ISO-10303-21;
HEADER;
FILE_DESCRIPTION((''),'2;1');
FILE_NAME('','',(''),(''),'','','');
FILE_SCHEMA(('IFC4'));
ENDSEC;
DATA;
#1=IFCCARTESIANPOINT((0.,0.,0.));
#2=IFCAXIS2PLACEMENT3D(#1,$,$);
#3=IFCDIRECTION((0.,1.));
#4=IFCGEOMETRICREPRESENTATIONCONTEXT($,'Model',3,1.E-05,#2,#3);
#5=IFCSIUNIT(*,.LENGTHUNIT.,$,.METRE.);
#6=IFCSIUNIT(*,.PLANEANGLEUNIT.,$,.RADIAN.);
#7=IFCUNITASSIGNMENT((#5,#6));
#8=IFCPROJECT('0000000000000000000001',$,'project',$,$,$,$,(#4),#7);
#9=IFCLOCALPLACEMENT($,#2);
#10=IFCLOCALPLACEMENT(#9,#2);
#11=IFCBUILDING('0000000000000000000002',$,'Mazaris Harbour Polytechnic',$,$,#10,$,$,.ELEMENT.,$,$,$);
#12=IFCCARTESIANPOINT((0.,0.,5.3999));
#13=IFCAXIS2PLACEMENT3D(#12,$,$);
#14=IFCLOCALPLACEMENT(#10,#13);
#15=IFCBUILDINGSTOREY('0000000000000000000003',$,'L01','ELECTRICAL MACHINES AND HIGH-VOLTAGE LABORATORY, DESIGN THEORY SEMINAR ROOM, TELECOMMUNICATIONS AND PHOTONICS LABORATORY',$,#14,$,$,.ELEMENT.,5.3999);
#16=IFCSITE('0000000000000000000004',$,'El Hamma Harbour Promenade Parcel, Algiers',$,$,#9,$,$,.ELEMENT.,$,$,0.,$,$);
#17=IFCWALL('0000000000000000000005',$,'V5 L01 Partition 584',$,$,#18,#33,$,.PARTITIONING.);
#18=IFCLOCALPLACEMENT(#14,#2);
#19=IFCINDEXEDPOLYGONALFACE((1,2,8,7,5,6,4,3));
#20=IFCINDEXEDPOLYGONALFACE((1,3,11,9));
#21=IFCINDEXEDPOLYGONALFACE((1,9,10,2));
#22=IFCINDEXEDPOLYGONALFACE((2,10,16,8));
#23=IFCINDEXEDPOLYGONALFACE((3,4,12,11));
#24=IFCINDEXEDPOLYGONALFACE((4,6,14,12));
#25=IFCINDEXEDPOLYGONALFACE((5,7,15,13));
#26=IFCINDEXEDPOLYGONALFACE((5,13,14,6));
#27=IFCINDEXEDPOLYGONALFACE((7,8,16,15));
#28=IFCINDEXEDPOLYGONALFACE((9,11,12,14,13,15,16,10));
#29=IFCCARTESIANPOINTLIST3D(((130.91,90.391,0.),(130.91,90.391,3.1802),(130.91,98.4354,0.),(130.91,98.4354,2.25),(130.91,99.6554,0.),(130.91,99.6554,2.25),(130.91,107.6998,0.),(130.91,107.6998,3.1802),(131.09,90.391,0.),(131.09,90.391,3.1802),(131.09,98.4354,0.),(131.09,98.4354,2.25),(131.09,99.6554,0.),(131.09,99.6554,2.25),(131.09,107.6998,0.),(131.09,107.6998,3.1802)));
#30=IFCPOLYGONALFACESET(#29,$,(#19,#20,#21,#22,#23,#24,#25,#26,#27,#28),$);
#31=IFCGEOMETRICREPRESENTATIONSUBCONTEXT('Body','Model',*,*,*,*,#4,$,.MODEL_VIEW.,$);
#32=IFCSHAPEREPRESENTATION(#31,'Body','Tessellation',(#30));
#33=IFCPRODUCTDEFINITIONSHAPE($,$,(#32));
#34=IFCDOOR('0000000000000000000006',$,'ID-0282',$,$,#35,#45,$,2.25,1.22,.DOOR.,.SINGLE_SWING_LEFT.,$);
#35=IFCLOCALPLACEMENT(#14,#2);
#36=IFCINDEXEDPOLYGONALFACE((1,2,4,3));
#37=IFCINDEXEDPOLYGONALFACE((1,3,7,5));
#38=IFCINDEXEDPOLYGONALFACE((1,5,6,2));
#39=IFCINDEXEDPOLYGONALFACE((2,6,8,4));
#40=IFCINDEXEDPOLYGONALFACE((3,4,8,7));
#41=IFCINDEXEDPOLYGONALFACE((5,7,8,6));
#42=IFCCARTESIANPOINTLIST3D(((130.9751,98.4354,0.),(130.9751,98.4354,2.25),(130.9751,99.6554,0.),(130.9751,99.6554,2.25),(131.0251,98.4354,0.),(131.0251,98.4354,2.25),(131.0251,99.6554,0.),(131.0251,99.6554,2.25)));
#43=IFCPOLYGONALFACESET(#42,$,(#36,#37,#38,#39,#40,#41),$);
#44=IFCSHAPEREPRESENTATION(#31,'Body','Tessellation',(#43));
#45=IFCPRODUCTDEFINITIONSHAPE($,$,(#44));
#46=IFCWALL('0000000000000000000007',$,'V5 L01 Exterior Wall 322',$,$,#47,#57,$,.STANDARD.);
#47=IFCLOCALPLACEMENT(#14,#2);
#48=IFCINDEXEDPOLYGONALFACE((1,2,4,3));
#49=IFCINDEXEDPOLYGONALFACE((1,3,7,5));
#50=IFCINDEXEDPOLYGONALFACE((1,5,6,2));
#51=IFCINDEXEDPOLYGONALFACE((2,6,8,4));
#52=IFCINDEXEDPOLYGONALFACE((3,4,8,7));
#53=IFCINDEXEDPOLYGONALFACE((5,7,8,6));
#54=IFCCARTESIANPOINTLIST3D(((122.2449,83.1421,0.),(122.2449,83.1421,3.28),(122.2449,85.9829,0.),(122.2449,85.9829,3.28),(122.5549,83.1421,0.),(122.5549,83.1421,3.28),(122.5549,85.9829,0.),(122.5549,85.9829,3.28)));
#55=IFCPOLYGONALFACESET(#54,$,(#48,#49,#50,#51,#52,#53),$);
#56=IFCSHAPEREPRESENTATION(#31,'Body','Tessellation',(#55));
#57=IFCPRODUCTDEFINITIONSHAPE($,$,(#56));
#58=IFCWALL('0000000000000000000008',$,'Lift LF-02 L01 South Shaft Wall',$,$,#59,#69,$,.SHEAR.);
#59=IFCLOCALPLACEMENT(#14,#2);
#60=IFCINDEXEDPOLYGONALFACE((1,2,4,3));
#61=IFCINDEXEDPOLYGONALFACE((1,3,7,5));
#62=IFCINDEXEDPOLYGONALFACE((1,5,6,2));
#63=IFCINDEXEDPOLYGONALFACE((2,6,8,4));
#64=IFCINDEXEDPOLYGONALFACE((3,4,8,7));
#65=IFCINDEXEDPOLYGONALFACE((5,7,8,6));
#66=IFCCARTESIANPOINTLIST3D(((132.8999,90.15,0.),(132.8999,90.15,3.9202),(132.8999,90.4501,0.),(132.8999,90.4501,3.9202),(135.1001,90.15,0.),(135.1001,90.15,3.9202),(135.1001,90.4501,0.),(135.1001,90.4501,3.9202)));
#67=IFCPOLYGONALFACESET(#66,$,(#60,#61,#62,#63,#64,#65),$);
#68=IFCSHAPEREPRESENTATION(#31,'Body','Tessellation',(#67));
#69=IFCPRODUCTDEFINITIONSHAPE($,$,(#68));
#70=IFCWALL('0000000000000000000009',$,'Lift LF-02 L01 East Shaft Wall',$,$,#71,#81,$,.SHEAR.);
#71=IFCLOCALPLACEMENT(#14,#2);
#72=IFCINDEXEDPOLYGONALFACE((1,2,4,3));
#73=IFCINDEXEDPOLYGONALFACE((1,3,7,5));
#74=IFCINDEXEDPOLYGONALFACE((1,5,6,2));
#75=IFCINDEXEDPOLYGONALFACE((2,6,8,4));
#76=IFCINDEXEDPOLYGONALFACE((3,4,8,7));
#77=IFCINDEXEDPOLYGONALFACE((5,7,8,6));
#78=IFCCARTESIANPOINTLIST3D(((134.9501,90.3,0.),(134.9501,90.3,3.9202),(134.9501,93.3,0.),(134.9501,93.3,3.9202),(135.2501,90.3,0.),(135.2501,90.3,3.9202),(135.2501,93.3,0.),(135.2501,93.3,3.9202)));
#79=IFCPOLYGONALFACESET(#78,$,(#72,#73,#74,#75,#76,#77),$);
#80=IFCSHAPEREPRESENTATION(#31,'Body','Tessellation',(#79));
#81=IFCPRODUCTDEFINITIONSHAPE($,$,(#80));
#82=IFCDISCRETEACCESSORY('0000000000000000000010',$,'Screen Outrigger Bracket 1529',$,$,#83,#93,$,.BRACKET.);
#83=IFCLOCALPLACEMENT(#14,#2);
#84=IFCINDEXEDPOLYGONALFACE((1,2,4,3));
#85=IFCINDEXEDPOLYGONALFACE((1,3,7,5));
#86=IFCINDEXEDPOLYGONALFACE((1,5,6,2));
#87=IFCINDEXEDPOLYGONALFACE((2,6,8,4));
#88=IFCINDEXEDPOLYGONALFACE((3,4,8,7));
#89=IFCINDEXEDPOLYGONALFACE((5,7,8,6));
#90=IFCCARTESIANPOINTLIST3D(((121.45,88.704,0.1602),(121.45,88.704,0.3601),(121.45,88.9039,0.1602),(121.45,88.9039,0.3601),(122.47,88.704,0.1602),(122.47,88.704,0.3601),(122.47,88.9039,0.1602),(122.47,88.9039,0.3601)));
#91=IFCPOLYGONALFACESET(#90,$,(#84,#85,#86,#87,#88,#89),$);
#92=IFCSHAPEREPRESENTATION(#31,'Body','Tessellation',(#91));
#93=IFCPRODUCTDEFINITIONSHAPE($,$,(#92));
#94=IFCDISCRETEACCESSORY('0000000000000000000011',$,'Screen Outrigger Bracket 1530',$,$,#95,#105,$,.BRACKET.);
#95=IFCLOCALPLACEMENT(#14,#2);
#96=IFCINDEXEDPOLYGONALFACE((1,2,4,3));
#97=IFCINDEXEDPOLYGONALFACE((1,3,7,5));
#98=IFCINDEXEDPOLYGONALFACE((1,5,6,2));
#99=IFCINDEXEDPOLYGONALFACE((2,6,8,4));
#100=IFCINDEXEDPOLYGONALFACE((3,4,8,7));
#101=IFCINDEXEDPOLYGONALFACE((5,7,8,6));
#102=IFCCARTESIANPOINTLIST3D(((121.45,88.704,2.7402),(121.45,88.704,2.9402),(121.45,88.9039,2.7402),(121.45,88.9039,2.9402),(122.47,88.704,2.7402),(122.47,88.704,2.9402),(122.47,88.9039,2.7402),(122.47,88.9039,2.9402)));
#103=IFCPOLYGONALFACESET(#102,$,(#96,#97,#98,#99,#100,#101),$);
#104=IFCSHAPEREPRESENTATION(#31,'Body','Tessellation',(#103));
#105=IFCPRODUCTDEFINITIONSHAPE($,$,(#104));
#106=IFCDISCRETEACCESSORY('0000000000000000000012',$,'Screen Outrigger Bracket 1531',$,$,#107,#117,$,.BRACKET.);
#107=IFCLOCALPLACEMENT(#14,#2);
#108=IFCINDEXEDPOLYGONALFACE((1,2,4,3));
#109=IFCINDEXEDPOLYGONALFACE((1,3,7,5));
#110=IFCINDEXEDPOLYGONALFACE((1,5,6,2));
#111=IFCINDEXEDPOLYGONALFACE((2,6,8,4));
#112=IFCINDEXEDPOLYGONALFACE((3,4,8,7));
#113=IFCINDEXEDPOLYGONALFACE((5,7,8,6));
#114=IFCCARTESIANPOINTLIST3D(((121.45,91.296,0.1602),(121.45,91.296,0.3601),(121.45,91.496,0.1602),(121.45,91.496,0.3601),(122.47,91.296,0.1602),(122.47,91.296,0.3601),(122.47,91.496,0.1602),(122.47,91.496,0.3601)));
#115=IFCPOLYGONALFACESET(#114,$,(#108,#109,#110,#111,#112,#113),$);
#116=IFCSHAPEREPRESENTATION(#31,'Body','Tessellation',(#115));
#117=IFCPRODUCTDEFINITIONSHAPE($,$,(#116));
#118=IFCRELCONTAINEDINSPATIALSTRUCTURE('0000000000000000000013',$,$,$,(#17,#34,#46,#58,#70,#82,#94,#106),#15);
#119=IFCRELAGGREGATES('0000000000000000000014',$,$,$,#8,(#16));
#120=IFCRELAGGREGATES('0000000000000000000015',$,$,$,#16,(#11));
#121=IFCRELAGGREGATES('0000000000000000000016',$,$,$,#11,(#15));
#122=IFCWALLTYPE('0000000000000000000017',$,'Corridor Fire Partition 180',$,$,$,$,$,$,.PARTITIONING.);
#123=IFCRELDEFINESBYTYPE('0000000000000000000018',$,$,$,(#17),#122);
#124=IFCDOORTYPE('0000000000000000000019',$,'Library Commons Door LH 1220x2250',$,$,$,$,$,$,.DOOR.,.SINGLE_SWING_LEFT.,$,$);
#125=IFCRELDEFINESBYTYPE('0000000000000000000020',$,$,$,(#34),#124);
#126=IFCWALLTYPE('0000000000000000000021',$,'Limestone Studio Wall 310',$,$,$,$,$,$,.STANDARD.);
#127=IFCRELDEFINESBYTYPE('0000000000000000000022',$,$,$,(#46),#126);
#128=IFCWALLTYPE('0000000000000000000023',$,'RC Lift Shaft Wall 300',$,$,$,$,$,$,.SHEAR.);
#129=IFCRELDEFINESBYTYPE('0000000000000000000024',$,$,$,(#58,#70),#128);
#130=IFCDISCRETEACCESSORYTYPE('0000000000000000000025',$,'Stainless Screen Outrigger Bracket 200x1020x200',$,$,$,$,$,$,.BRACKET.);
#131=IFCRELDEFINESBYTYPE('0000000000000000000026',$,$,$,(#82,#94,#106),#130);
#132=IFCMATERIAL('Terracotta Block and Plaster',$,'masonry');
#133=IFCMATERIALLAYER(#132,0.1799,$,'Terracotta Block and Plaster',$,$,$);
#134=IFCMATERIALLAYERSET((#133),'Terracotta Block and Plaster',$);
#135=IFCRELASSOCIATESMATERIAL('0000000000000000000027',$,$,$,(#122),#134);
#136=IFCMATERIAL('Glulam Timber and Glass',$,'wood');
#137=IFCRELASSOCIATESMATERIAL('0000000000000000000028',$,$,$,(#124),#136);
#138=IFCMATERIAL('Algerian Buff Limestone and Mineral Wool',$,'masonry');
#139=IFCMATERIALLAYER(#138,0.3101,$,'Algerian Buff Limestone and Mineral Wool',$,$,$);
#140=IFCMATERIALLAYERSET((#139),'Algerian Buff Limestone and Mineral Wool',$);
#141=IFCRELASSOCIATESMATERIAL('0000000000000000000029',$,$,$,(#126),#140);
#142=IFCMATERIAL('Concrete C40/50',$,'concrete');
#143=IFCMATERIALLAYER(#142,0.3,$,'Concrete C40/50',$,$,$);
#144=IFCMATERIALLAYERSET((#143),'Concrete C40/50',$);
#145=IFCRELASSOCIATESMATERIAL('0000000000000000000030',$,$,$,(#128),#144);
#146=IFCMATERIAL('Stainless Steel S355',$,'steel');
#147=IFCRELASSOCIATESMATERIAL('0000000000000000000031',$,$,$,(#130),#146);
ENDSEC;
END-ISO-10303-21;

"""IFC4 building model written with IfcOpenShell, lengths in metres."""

from ifc_helpers import new_model, si_unit, direction, frame, frame_2d, origin, origin_2d, place, context, subcontext, project, spatial, rectangle, extrude, material, layer, layer_set, type_object, element, fill, save


model = new_model("IFC4")

# Units and contexts
model_context = context("Model", 3, precision=1e-05, world=origin(), true_north=direction((0.0, 1.0)))
body_context = subcontext(model_context, "Body", "Model", "MODEL_VIEW")
ifc_project = project(units=[si_unit("LENGTHUNIT", "METRE"), si_unit("PLANEANGLEUNIT", "RADIAN")], contexts=[model_context])

# Site, building, storey
site_placement = place(None, origin())
site = spatial("IfcSite", under=ifc_project, at=site_placement, Name="El Hamma Harbour Promenade Parcel, Algiers", CompositionType="ELEMENT", RefElevation=0.0)
building_placement = place(site_placement, origin())
building = spatial("IfcBuilding", under=site, at=building_placement, Name="Mazaris Harbour Polytechnic", CompositionType="ELEMENT")
storey_placement = place(building_placement, frame((0.0, 0.0, 5.3999)))
storey = spatial("IfcBuildingStorey", under=building, at=storey_placement, Name="L01", Description="ELECTRICAL MACHINES AND HIGH-VOLTAGE LABORATORY, DESIGN THEORY SEMINAR ROOM, TELECOMMUNICATIONS AND PHOTONICS LABORATORY", CompositionType="ELEMENT", Elevation=5.3999)

# Wall, opening, door
ifc_material_1 = material(Name="Terracotta Block and Plaster", Category="masonry")
ifc_layer_1 = layer(ifc_material_1, 0.1799, Name="Terracotta Block and Plaster")
ifc_layer_set_1 = layer_set([ifc_layer_1], Name="Terracotta Block and Plaster")
wall_type_1 = type_object("IfcWallType", Name="Corridor Fire Partition 180", PredefinedType="PARTITIONING", material=ifc_layer_set_1)
wall_1_placement = place(storey_placement, frame((131.0, 90.3911, 0.0), z_axis=(0.0, 0.0, 1.0), x_axis=(0.0, 1.0, 0.0)))
wall_1 = element("IfcWall", 1, at=wall_1_placement, inside=storey, type_object=wall_type_1, Name="V5 L01 Partition 584", PredefinedType="PARTITIONING", context=body_context, shape_type="SweptSolid", body=[
    extrude(rectangle(XDim=17.3088, YDim=0.1799, at=frame_2d((8.6543, 0.0))), origin(), (0.0, 0.0, 1.0), 3.1802),
])
opening_placement = place(wall_1_placement, frame((8.0444, 0.0, 0.0)))
opening = element("IfcOpeningElement", 2, at=opening_placement, cuts=wall_1, PredefinedType="OPENING", context=body_context, shape_type="SweptSolid", body=[
    extrude(rectangle(XDim=1.22, YDim=2.25, at=frame_2d((0.6099, 1.125))), frame((0.0, 0.0999, 0.0), z_axis=(0.0, -1.0, 0.0), x_axis=(1.0, 0.0, 0.0)), (0.0, 0.0, 1.0), 0.2),
])
ifc_material_2 = material(Name="Glulam Timber and Glass", Category="wood")
door_type = type_object("IfcDoorType", Name="Library Commons Door LH 1220x2250", OperationType="SINGLE_SWING_LEFT", PredefinedType="DOOR", material=ifc_material_2)
door_placement = place(opening_placement, origin())
door = element("IfcDoor", 3, at=door_placement, inside=storey, type_object=door_type, Name="ID-0282", OperationType="SINGLE_SWING_LEFT", OverallHeight=2.25, OverallWidth=1.22, PredefinedType="DOOR", context=body_context, shape_type="SweptSolid", body=[
    extrude(rectangle(XDim=1.22, YDim=2.25, at=frame_2d((0.6099, 1.125))), frame((0.0, 0.0249, 0.0), z_axis=(0.0, -1.0, 0.0), x_axis=(1.0, 0.0, 0.0)), (0.0, 0.0, 1.0), 0.05),
])
fill(opening, door)

# Walls
ifc_material_3 = material(Name="Algerian Buff Limestone and Mineral Wool", Category="masonry")
ifc_layer_2 = layer(ifc_material_3, 0.3101, Name="Algerian Buff Limestone and Mineral Wool")
ifc_layer_set_2 = layer_set([ifc_layer_2], Name="Algerian Buff Limestone and Mineral Wool")
wall_type_2 = type_object("IfcWallType", Name="Limestone Studio Wall 310", PredefinedType="STANDARD", material=ifc_layer_set_2)
wall_2_placement = place(storey_placement, frame((122.3999, 83.1421, 0.0), z_axis=(0.0, 0.0, 1.0), x_axis=(0.0, 1.0, 0.0)))
element("IfcWall", 4, at=wall_2_placement, inside=storey, type_object=wall_type_2, Name="V5 L01 Exterior Wall 322", PredefinedType="STANDARD", context=body_context, shape_type="SweptSolid", body=[
    extrude(rectangle(XDim=2.8408, YDim=0.3101, at=frame_2d((1.4204, 0.0))), origin(), (0.0, 0.0, 1.0), 3.28),
])
ifc_material_4 = material(Name="Concrete C40/50", Category="concrete")
ifc_layer_3 = layer(ifc_material_4, 0.3, Name="Concrete C40/50")
ifc_layer_set_3 = layer_set([ifc_layer_3], Name="Concrete C40/50")
wall_type_3 = type_object("IfcWallType", Name="RC Lift Shaft Wall 300", PredefinedType="SHEAR", material=ifc_layer_set_3)
wall_3_placement = place(storey_placement, frame((132.8999, 90.3, 0.0), z_axis=(0.0, 0.0, 1.0), x_axis=(1.0, 0.0, 0.0)))
element("IfcWall", 5, at=wall_3_placement, inside=storey, type_object=wall_type_3, Name="Lift LF-02 L01 South Shaft Wall", PredefinedType="SHEAR", context=body_context, shape_type="SweptSolid", body=[
    extrude(rectangle(XDim=2.2002, YDim=0.3, at=frame_2d((1.1001, 0.0))), origin(), (0.0, 0.0, 1.0), 3.9202),
])
wall_4_placement = place(storey_placement, frame((135.1001, 90.3, 0.0), z_axis=(0.0, 0.0, 1.0), x_axis=(0.0, 1.0, 0.0)))
element("IfcWall", 6, at=wall_4_placement, inside=storey, type_object=wall_type_3, Name="Lift LF-02 L01 East Shaft Wall", PredefinedType="SHEAR", context=body_context, shape_type="SweptSolid", body=[
    extrude(rectangle(XDim=3.0, YDim=0.3, at=frame_2d((1.5, 0.0))), origin(), (0.0, 0.0, 1.0), 3.9202),
])

# Discrete accessories
ifc_material_5 = material(Name="Stainless Steel S355", Category="steel")
discrete_accessory_type = type_object("IfcDiscreteAccessoryType", Name="Stainless Screen Outrigger Bracket 200x1020x200", PredefinedType="BRACKET", material=ifc_material_5)
for number, where, z_axis, x_axis, name in (
    (7, (121.96, 88.804, 0.1602), (0.0, 0.0, 1.0), (0.0, 1.0, 0.0), "Screen Outrigger Bracket 1529"),
    (8, (121.96, 88.804, 2.7402), (0.0, 0.0, 1.0), (0.0, 1.0, 0.0), "Screen Outrigger Bracket 1530"),
    (9, (121.96, 91.396, 0.1602), (0.0, 0.0, 1.0), (0.0, 1.0, 0.0), "Screen Outrigger Bracket 1531"),
):
    element("IfcDiscreteAccessory", number, at=place(storey_placement, frame(where, z_axis=z_axis, x_axis=x_axis)), inside=storey, type_object=discrete_accessory_type, Name=name, PredefinedType="BRACKET", context=body_context, shape_type="SweptSolid", body=[
        extrude(rectangle(XDim=0.2, YDim=1.02, at=origin_2d()), origin(), (0.0, 0.0, 1.0), 0.2),
    ])

save(model, "model.ifc")
